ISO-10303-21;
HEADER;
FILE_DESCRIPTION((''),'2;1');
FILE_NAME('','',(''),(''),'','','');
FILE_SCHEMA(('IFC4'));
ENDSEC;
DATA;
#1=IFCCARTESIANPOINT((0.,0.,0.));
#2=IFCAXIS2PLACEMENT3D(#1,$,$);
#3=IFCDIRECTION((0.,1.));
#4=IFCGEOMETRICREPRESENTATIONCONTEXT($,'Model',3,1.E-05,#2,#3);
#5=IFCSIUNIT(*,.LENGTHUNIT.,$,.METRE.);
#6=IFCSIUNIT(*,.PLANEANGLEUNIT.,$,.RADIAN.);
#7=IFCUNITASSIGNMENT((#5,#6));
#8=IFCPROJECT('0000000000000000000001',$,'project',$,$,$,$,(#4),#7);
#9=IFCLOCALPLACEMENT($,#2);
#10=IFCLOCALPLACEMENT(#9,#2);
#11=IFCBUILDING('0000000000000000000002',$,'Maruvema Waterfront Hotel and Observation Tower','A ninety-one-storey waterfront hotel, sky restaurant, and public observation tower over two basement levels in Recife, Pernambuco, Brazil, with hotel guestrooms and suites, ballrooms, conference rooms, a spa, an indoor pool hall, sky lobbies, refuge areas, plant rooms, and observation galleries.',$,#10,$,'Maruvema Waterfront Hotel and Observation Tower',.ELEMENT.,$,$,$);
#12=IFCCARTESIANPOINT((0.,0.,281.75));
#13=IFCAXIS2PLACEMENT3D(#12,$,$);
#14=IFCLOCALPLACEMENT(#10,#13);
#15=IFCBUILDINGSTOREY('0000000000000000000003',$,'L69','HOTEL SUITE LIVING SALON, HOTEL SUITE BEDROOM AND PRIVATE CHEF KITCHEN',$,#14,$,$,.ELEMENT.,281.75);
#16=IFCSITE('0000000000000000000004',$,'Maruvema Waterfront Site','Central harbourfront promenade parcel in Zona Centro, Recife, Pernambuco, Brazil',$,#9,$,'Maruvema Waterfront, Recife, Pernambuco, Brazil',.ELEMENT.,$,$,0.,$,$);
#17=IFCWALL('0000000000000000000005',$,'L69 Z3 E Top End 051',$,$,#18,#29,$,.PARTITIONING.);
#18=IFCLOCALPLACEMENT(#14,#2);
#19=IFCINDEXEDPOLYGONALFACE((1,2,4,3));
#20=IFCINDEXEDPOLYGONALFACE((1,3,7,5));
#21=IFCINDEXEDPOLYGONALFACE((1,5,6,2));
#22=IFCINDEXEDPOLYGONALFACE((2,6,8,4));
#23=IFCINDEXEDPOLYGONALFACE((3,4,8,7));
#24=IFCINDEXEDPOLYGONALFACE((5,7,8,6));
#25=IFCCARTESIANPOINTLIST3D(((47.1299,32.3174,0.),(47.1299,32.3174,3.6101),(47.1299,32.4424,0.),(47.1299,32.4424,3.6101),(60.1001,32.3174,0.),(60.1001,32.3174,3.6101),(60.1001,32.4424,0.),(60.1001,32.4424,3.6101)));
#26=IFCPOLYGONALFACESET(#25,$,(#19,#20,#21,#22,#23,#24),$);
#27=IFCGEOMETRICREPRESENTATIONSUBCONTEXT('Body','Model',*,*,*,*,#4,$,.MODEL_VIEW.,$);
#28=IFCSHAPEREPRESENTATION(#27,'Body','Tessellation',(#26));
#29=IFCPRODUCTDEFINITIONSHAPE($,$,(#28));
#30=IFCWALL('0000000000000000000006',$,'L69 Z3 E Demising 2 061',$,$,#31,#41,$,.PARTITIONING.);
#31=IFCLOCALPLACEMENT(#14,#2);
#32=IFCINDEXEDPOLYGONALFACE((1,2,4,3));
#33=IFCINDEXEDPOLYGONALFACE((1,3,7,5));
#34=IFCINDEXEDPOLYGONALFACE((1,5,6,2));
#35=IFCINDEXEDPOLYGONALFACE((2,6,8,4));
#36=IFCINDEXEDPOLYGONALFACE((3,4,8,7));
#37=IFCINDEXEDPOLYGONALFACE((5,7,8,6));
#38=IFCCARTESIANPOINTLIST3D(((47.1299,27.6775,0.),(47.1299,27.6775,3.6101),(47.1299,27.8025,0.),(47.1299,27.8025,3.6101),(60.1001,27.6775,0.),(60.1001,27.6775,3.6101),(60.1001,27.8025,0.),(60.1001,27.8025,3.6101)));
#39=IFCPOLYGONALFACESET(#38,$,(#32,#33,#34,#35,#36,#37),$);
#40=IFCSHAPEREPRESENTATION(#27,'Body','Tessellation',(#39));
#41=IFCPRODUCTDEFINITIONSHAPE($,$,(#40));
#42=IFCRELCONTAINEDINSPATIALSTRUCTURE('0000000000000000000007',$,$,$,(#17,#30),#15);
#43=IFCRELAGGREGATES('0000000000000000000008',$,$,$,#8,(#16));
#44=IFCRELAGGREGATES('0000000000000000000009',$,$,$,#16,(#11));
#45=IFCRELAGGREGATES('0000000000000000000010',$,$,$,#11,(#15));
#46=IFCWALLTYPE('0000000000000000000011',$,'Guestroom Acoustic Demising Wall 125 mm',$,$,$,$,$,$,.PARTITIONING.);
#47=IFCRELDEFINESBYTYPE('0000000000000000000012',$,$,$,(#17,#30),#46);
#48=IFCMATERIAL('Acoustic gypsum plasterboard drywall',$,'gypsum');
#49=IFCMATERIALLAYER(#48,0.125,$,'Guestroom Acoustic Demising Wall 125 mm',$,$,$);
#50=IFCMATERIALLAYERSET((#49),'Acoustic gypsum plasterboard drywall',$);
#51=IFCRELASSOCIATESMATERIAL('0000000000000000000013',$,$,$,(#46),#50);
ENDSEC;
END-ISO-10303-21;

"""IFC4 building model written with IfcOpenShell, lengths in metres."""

from ifc_helpers import new_model, si_unit, direction, frame, frame_2d, origin, place, context, subcontext, project, spatial, rectangle, extrude, material, layer, layer_set, type_object, element, save


model = new_model("IFC4")

# Units and contexts
model_context = context("Model", 3, precision=1e-05, world=origin(), true_north=direction((0.0, 1.0)))
body_context = subcontext(model_context, "Body", "Model", "MODEL_VIEW")
ifc_project = project(units=[si_unit("LENGTHUNIT", "METRE"), si_unit("PLANEANGLEUNIT", "RADIAN")], contexts=[model_context])

# Site, building, storey
site_placement = place(None, origin())
site = spatial("IfcSite", under=ifc_project, at=site_placement, Name="Maruvema Waterfront Site", Description="Central harbourfront promenade parcel in Zona Centro, Recife, Pernambuco, Brazil", LongName="Maruvema Waterfront, Recife, Pernambuco, Brazil", CompositionType="ELEMENT", RefElevation=0.0)
building_placement = place(site_placement, origin())
building = spatial("IfcBuilding", under=site, at=building_placement, Name="Maruvema Waterfront Hotel and Observation Tower", Description="A ninety-one-storey waterfront hotel, sky restaurant, and public observation tower over two basement levels in Recife, Pernambuco, Brazil, with hotel guestrooms and suites, ballrooms, conference rooms, a spa, an indoor pool hall, sky lobbies, refuge areas, plant rooms, and observation galleries.", LongName="Maruvema Waterfront Hotel and Observation Tower", CompositionType="ELEMENT")
storey_placement = place(building_placement, frame((0.0, 0.0, 281.75)))
storey = spatial("IfcBuildingStorey", under=building, at=storey_placement, Name="L69", Description="HOTEL SUITE LIVING SALON, HOTEL SUITE BEDROOM AND PRIVATE CHEF KITCHEN", CompositionType="ELEMENT", Elevation=281.75)

# Walls
ifc_material_1 = material(Name="Acoustic gypsum plasterboard drywall", Category="gypsum")
ifc_layer_1 = layer(ifc_material_1, 0.125, Name="Guestroom Acoustic Demising Wall 125 mm")
ifc_layer_set_1 = layer_set([ifc_layer_1], Name="Acoustic gypsum plasterboard drywall")
wall_type_1 = type_object("IfcWallType", Name="Guestroom Acoustic Demising Wall 125 mm", PredefinedType="PARTITIONING", material=ifc_layer_set_1)
for number, where, z_axis, x_axis, name in (
    (1, (47.1299, 32.3799, 0.0), (0.0, 0.0, 1.0), (1.0, 0.0, 0.0), "L69 Z3 E Top End 051"),
    (2, (47.1299, 27.74, 0.0), (0.0, 0.0, 1.0), (1.0, 0.0, 0.0), "L69 Z3 E Demising 2 061"),
):
    element("IfcWall", number, at=place(storey_placement, frame(where, z_axis=z_axis, x_axis=x_axis)), inside=storey, type_object=wall_type_1, Name=name, PredefinedType="PARTITIONING", context=body_context, shape_type="SweptSolid", body=[
        extrude(rectangle(XDim=12.9702, YDim=0.125, at=frame_2d((6.4851, 0.0))), origin(), (0.0, 0.0, 1.0), 3.6101),
    ])

save(model, "model.ifc")
